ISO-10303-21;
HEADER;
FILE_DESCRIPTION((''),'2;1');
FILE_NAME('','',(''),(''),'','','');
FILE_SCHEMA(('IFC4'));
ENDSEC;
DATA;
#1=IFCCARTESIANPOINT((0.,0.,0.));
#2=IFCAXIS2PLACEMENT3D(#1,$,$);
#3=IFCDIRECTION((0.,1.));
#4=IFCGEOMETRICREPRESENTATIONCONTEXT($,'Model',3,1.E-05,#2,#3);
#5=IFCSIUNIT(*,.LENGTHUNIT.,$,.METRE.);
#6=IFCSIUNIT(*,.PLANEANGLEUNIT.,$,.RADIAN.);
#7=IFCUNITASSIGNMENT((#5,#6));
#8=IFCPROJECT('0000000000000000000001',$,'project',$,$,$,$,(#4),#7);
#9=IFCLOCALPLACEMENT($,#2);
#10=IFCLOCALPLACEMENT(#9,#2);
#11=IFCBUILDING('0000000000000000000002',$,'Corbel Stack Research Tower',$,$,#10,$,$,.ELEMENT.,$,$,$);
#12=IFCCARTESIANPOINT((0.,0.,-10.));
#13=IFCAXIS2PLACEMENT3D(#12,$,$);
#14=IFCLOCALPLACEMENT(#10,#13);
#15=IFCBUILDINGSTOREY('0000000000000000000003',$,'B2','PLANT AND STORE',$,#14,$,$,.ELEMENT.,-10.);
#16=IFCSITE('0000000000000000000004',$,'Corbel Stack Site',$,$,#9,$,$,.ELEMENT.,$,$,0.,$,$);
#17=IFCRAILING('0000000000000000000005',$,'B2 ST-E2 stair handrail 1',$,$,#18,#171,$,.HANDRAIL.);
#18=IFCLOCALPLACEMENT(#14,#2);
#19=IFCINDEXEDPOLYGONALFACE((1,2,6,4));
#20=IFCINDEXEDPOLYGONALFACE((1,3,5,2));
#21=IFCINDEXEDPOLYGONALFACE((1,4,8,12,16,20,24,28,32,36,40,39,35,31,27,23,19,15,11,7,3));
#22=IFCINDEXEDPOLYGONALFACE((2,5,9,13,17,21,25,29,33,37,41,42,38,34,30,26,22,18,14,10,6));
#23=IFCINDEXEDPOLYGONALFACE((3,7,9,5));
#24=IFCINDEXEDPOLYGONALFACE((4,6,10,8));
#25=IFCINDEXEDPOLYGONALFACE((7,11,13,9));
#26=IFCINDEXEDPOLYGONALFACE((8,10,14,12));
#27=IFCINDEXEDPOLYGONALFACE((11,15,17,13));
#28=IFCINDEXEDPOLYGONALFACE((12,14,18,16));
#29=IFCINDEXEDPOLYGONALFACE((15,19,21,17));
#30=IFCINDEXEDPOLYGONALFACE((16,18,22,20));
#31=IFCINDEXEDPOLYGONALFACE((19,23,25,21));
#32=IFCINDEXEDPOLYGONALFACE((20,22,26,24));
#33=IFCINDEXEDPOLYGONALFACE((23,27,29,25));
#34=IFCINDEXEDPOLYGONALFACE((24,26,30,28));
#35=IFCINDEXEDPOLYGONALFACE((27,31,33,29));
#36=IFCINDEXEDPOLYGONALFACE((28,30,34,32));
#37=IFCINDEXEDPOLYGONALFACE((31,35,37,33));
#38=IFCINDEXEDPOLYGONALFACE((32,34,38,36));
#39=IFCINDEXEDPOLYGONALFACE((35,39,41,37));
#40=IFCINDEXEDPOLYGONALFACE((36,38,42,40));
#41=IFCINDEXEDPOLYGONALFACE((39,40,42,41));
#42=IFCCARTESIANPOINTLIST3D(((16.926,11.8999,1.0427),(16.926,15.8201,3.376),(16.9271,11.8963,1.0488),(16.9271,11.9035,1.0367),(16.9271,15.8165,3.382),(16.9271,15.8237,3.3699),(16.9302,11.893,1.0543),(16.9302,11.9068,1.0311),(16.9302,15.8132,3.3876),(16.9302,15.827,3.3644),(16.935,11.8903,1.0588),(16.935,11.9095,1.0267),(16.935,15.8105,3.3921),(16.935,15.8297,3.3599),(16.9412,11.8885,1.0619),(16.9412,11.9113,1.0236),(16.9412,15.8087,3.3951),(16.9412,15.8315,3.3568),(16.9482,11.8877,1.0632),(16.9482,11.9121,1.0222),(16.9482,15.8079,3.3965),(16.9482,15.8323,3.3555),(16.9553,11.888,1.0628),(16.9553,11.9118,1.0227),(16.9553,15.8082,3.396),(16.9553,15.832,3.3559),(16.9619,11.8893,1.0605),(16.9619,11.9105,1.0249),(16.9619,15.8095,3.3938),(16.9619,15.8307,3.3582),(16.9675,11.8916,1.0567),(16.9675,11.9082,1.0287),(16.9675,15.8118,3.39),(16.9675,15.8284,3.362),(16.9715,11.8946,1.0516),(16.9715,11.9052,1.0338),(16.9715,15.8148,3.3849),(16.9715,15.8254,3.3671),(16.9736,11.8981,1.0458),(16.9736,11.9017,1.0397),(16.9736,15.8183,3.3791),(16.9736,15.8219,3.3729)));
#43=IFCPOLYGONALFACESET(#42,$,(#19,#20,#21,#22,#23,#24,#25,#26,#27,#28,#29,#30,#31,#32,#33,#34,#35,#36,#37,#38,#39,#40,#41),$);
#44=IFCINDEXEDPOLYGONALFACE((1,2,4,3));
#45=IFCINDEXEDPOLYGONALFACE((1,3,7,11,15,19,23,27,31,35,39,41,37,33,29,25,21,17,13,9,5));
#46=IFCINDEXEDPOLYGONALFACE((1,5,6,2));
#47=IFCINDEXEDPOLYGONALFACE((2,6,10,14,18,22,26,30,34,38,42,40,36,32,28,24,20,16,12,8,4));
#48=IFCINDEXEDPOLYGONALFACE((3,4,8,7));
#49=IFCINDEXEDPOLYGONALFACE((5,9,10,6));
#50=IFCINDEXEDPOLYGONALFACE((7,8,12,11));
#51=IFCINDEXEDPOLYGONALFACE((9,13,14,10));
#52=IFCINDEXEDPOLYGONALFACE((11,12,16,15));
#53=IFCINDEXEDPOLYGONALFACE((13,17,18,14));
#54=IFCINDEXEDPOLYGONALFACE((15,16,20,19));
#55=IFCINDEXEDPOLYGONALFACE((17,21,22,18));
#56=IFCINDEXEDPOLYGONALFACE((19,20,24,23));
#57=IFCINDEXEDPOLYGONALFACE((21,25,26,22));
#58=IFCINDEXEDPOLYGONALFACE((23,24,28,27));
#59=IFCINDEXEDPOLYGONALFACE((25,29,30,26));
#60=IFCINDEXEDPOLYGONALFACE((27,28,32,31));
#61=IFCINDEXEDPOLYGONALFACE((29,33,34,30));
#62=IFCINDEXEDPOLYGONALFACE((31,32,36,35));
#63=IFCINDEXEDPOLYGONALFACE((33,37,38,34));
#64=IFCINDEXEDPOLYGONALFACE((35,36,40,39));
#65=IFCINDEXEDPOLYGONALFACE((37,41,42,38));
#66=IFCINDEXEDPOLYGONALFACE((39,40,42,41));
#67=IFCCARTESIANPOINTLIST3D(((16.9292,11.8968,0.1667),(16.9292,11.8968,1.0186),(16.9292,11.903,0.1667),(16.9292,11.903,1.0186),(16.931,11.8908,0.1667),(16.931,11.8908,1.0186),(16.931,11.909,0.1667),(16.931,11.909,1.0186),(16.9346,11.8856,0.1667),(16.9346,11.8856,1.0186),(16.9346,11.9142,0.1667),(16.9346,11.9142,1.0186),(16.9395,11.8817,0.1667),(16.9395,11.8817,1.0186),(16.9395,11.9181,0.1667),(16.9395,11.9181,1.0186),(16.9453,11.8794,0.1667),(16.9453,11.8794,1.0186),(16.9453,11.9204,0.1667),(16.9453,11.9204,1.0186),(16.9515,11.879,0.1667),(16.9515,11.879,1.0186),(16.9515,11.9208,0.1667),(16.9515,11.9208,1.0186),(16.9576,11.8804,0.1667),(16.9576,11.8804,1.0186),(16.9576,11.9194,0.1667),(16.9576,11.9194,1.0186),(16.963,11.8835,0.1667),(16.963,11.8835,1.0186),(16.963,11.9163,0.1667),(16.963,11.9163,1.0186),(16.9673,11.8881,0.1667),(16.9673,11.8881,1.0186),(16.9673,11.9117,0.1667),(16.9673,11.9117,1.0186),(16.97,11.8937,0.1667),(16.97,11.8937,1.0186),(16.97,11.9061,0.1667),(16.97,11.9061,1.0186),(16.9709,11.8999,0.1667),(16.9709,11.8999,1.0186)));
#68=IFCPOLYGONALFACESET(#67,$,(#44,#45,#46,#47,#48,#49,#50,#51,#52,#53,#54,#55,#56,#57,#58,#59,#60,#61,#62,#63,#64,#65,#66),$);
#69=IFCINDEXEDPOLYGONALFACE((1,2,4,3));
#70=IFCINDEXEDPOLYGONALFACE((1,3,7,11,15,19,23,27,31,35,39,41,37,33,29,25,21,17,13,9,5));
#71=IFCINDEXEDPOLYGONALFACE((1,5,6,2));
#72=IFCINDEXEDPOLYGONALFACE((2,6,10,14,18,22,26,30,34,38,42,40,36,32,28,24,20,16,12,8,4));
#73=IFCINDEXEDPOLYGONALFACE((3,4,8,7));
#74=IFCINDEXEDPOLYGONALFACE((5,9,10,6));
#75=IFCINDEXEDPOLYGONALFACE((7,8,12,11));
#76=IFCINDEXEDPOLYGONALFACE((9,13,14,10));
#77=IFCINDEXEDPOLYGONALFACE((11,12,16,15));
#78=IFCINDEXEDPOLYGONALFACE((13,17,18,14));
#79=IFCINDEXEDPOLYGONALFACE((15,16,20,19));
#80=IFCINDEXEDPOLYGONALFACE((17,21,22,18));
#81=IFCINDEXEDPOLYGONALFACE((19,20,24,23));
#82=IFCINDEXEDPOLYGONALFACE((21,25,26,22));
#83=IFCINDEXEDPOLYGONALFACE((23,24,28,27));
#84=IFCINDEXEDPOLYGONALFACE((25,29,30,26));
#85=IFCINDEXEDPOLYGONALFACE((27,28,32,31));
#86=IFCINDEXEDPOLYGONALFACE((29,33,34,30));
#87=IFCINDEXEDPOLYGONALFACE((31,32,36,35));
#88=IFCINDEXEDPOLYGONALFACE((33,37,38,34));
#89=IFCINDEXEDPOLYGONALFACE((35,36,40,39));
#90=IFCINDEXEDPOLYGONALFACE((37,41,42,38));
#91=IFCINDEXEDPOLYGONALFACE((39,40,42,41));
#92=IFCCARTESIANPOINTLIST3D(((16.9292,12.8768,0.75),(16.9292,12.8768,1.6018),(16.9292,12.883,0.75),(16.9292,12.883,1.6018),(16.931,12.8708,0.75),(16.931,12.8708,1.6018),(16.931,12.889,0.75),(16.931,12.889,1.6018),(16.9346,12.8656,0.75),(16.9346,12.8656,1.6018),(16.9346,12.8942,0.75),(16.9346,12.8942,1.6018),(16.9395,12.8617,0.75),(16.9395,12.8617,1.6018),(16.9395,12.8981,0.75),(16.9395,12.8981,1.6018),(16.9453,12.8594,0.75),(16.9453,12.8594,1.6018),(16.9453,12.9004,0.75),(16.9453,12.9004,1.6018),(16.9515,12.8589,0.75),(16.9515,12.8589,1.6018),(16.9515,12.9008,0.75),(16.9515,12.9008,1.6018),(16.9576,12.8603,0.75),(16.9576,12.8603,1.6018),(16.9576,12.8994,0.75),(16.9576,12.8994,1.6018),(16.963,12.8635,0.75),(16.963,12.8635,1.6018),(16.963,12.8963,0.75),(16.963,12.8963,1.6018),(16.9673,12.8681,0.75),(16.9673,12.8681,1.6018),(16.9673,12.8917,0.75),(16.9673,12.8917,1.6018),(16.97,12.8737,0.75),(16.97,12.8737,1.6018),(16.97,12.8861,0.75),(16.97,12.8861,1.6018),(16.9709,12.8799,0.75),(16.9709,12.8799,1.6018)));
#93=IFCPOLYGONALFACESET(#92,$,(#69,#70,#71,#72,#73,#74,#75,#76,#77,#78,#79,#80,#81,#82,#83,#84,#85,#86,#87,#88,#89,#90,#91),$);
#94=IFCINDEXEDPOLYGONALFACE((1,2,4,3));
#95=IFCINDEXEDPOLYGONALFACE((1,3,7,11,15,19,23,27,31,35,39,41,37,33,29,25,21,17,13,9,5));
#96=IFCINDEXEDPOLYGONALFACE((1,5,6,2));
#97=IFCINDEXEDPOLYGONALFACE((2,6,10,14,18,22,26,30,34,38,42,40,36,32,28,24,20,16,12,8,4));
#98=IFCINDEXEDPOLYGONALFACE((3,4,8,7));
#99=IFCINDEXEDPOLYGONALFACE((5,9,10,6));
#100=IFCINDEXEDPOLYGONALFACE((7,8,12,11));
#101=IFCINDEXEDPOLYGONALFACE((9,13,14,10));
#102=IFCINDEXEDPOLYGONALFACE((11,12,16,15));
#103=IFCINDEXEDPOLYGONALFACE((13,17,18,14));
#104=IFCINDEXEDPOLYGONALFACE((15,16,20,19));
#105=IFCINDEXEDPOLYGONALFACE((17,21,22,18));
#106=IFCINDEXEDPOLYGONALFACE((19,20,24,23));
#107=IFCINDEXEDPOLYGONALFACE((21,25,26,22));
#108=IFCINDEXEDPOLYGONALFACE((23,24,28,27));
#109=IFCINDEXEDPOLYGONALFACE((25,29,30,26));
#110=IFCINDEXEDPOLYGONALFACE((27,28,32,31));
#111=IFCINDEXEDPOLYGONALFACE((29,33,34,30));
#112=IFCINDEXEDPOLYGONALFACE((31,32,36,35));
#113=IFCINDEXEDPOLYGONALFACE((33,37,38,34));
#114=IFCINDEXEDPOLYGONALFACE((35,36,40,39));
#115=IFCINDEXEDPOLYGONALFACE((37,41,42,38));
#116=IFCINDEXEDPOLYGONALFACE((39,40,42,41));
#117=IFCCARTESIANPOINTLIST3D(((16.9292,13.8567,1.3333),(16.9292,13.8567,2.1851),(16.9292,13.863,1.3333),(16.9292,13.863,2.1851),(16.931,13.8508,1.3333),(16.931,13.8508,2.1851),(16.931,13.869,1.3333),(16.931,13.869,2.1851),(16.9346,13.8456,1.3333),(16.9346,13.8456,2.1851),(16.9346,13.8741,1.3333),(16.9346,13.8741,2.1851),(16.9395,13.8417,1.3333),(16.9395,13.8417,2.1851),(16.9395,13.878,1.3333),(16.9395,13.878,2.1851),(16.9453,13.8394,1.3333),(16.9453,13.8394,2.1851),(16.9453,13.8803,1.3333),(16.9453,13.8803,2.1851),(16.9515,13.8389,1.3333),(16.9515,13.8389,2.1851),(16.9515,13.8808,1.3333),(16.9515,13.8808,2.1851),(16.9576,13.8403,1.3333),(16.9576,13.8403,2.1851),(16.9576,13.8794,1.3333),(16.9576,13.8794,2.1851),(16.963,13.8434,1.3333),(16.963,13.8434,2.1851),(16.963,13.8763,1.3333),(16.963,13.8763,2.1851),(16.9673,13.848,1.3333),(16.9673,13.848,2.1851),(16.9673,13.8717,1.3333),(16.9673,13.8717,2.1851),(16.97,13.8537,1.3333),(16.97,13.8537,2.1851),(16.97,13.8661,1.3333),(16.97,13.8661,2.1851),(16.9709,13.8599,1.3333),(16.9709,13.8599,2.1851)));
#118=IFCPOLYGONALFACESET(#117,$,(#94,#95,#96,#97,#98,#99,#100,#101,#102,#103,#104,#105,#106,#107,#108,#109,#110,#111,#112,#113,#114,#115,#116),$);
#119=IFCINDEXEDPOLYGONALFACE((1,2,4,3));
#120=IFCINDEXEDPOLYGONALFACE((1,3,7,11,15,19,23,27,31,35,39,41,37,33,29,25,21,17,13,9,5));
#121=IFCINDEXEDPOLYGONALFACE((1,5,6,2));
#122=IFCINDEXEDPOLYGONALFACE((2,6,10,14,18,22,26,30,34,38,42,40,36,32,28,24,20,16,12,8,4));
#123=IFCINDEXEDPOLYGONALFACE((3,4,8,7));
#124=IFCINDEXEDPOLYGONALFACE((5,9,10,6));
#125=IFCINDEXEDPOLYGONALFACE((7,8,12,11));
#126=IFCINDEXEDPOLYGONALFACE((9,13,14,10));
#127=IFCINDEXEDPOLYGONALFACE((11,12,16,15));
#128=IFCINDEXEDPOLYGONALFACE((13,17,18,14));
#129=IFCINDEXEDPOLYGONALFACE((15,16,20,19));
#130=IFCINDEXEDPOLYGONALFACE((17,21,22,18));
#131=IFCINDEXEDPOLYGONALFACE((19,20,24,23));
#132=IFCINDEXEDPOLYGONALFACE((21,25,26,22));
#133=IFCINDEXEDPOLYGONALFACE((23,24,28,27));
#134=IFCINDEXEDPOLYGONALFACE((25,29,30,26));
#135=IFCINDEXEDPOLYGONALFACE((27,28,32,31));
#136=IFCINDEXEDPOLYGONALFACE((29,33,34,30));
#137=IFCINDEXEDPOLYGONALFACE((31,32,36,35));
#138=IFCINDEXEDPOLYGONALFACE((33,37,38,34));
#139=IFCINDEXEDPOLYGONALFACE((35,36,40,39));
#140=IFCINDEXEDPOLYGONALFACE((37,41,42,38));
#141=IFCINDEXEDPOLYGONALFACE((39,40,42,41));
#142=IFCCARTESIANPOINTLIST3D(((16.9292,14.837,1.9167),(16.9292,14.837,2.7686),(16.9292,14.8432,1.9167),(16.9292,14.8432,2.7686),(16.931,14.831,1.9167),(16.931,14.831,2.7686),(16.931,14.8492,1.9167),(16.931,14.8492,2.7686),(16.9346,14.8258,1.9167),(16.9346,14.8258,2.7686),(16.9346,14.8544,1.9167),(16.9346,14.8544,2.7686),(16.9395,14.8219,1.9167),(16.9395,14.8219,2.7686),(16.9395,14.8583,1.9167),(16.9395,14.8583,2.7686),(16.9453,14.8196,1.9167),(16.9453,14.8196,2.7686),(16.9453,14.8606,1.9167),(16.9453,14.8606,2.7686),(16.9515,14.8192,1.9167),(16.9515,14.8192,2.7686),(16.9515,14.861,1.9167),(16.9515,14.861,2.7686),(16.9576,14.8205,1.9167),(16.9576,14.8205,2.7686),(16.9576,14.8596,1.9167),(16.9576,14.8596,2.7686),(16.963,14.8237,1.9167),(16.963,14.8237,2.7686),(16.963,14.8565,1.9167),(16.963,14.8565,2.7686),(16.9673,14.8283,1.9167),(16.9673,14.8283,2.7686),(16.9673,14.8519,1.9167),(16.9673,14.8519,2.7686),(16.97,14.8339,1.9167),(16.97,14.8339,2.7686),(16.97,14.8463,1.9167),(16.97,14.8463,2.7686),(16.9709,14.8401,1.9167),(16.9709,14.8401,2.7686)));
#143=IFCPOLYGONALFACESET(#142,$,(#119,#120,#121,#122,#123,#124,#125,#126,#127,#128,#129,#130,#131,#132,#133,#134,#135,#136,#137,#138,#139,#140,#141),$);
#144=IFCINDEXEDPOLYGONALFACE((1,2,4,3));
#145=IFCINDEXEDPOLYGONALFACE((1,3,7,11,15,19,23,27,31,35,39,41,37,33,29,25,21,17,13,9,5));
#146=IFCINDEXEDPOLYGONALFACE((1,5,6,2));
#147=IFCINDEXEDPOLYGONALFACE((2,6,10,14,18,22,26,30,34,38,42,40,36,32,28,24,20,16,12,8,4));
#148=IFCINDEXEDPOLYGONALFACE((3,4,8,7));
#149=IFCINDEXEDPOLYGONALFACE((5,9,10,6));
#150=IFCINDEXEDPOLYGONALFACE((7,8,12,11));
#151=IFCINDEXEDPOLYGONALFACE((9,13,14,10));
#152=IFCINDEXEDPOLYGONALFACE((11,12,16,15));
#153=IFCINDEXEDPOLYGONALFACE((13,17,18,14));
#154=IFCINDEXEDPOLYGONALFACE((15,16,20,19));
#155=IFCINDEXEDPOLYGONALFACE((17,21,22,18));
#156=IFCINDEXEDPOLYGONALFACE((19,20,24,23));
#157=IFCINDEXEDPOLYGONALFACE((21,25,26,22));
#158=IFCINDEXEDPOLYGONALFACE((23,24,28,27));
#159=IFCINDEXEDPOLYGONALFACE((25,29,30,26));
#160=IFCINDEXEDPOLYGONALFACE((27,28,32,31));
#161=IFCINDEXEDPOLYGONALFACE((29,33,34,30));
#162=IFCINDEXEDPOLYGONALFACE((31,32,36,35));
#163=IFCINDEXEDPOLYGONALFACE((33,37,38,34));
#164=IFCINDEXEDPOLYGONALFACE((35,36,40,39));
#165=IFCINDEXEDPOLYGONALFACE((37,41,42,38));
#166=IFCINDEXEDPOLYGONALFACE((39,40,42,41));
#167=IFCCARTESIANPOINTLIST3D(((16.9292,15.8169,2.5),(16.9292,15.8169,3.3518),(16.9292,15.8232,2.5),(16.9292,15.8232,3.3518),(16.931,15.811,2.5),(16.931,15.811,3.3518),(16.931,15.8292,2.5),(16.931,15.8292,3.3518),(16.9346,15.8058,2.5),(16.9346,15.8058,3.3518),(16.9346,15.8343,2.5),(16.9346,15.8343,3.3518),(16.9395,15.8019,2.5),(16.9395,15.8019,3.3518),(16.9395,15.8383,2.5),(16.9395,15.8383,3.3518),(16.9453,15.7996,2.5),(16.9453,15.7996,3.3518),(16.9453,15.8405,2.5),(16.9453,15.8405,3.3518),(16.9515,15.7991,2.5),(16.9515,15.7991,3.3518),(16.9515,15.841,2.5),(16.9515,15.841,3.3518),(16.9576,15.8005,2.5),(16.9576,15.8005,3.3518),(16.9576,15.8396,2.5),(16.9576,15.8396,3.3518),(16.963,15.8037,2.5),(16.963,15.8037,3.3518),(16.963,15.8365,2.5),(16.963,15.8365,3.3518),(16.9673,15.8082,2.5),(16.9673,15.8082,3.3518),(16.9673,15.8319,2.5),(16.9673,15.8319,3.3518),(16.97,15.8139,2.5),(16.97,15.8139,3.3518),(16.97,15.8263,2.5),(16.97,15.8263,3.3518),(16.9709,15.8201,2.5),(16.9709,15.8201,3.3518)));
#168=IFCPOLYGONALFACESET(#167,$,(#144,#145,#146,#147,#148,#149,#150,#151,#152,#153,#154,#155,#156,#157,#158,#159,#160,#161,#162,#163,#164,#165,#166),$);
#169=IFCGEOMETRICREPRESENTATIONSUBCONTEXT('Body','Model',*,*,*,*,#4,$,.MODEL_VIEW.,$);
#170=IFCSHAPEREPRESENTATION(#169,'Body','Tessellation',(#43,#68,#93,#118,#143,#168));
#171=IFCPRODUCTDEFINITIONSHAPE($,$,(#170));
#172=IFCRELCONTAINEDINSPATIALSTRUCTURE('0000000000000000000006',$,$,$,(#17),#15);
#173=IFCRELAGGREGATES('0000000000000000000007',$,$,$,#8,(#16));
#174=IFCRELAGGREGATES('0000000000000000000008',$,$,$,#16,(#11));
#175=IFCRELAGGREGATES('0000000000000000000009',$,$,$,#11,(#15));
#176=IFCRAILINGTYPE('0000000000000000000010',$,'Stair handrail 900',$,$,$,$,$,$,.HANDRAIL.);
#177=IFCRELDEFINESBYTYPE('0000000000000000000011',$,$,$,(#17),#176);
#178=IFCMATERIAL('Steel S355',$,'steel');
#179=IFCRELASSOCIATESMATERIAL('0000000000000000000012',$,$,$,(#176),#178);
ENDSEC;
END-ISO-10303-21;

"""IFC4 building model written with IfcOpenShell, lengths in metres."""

from ifc_helpers import new_model, si_unit, direction, frame, origin, origin_2d, place, context, subcontext, project, spatial, circle, extrude, material, type_object, element, save


model = new_model("IFC4")

# Units and contexts
model_context = context("Model", 3, precision=1e-05, world=origin(), true_north=direction((0.0, 1.0)))
body_context = subcontext(model_context, "Body", "Model", "MODEL_VIEW")
ifc_project = project(units=[si_unit("LENGTHUNIT", "METRE"), si_unit("PLANEANGLEUNIT", "RADIAN")], contexts=[model_context])

# Site, building, storey
site_placement = place(None, origin())
site = spatial("IfcSite", under=ifc_project, at=site_placement, Name="Corbel Stack Site", CompositionType="ELEMENT", RefElevation=0.0)
building_placement = place(site_placement, origin())
building = spatial("IfcBuilding", under=site, at=building_placement, Name="Corbel Stack Research Tower", CompositionType="ELEMENT")
storey_placement = place(building_placement, frame((0.0, 0.0, -10.0)))
storey = spatial("IfcBuildingStorey", under=building, at=storey_placement, Name="B2", Description="PLANT AND STORE", CompositionType="ELEMENT", Elevation=-10.0)

# Railing
ifc_material_1 = material(Name="Steel S355", Category="steel")
railing_type_1 = type_object("IfcRailingType", Name="Stair handrail 900", PredefinedType="HANDRAIL", material=ifc_material_1)
railing_1_placement = place(storey_placement, frame((16.95, 11.8999, 0.1667)))
element("IfcRailing", 1, at=railing_1_placement, inside=storey, type_object=railing_type_1, Name="B2 ST-E2 stair handrail 1", PredefinedType="HANDRAIL", context=body_context, shape_type="SweptSolid", body=[
    extrude(circle(Radius=0.0239, at=origin_2d()), frame((0.0, 0.0, 0.876), z_axis=(0.0, 0.85931, 0.511455), x_axis=(-1.0, 0.0, 0.0)), (0.0, 0.0, 1.0), 4.562),
    extrude(circle(Radius=0.021, at=origin_2d()), origin(), (0.0, 0.0, 1.0), 0.8518),
    extrude(circle(Radius=0.021, at=origin_2d()), frame((0.0, 0.98, 0.5833)), (0.0, 0.0, 1.0), 0.8518),
    extrude(circle(Radius=0.021, at=origin_2d()), frame((0.0, 1.96, 1.1665)), (0.0, 0.0, 1.0), 0.8518),
    extrude(circle(Radius=0.021, at=origin_2d()), frame((0.0, 2.9402, 1.75)), (0.0, 0.0, 1.0), 0.8518),
    extrude(circle(Radius=0.021, at=origin_2d()), frame((0.0, 3.9202, 2.3333)), (0.0, 0.0, 1.0), 0.8518),
])

save(model, "model.ifc")
